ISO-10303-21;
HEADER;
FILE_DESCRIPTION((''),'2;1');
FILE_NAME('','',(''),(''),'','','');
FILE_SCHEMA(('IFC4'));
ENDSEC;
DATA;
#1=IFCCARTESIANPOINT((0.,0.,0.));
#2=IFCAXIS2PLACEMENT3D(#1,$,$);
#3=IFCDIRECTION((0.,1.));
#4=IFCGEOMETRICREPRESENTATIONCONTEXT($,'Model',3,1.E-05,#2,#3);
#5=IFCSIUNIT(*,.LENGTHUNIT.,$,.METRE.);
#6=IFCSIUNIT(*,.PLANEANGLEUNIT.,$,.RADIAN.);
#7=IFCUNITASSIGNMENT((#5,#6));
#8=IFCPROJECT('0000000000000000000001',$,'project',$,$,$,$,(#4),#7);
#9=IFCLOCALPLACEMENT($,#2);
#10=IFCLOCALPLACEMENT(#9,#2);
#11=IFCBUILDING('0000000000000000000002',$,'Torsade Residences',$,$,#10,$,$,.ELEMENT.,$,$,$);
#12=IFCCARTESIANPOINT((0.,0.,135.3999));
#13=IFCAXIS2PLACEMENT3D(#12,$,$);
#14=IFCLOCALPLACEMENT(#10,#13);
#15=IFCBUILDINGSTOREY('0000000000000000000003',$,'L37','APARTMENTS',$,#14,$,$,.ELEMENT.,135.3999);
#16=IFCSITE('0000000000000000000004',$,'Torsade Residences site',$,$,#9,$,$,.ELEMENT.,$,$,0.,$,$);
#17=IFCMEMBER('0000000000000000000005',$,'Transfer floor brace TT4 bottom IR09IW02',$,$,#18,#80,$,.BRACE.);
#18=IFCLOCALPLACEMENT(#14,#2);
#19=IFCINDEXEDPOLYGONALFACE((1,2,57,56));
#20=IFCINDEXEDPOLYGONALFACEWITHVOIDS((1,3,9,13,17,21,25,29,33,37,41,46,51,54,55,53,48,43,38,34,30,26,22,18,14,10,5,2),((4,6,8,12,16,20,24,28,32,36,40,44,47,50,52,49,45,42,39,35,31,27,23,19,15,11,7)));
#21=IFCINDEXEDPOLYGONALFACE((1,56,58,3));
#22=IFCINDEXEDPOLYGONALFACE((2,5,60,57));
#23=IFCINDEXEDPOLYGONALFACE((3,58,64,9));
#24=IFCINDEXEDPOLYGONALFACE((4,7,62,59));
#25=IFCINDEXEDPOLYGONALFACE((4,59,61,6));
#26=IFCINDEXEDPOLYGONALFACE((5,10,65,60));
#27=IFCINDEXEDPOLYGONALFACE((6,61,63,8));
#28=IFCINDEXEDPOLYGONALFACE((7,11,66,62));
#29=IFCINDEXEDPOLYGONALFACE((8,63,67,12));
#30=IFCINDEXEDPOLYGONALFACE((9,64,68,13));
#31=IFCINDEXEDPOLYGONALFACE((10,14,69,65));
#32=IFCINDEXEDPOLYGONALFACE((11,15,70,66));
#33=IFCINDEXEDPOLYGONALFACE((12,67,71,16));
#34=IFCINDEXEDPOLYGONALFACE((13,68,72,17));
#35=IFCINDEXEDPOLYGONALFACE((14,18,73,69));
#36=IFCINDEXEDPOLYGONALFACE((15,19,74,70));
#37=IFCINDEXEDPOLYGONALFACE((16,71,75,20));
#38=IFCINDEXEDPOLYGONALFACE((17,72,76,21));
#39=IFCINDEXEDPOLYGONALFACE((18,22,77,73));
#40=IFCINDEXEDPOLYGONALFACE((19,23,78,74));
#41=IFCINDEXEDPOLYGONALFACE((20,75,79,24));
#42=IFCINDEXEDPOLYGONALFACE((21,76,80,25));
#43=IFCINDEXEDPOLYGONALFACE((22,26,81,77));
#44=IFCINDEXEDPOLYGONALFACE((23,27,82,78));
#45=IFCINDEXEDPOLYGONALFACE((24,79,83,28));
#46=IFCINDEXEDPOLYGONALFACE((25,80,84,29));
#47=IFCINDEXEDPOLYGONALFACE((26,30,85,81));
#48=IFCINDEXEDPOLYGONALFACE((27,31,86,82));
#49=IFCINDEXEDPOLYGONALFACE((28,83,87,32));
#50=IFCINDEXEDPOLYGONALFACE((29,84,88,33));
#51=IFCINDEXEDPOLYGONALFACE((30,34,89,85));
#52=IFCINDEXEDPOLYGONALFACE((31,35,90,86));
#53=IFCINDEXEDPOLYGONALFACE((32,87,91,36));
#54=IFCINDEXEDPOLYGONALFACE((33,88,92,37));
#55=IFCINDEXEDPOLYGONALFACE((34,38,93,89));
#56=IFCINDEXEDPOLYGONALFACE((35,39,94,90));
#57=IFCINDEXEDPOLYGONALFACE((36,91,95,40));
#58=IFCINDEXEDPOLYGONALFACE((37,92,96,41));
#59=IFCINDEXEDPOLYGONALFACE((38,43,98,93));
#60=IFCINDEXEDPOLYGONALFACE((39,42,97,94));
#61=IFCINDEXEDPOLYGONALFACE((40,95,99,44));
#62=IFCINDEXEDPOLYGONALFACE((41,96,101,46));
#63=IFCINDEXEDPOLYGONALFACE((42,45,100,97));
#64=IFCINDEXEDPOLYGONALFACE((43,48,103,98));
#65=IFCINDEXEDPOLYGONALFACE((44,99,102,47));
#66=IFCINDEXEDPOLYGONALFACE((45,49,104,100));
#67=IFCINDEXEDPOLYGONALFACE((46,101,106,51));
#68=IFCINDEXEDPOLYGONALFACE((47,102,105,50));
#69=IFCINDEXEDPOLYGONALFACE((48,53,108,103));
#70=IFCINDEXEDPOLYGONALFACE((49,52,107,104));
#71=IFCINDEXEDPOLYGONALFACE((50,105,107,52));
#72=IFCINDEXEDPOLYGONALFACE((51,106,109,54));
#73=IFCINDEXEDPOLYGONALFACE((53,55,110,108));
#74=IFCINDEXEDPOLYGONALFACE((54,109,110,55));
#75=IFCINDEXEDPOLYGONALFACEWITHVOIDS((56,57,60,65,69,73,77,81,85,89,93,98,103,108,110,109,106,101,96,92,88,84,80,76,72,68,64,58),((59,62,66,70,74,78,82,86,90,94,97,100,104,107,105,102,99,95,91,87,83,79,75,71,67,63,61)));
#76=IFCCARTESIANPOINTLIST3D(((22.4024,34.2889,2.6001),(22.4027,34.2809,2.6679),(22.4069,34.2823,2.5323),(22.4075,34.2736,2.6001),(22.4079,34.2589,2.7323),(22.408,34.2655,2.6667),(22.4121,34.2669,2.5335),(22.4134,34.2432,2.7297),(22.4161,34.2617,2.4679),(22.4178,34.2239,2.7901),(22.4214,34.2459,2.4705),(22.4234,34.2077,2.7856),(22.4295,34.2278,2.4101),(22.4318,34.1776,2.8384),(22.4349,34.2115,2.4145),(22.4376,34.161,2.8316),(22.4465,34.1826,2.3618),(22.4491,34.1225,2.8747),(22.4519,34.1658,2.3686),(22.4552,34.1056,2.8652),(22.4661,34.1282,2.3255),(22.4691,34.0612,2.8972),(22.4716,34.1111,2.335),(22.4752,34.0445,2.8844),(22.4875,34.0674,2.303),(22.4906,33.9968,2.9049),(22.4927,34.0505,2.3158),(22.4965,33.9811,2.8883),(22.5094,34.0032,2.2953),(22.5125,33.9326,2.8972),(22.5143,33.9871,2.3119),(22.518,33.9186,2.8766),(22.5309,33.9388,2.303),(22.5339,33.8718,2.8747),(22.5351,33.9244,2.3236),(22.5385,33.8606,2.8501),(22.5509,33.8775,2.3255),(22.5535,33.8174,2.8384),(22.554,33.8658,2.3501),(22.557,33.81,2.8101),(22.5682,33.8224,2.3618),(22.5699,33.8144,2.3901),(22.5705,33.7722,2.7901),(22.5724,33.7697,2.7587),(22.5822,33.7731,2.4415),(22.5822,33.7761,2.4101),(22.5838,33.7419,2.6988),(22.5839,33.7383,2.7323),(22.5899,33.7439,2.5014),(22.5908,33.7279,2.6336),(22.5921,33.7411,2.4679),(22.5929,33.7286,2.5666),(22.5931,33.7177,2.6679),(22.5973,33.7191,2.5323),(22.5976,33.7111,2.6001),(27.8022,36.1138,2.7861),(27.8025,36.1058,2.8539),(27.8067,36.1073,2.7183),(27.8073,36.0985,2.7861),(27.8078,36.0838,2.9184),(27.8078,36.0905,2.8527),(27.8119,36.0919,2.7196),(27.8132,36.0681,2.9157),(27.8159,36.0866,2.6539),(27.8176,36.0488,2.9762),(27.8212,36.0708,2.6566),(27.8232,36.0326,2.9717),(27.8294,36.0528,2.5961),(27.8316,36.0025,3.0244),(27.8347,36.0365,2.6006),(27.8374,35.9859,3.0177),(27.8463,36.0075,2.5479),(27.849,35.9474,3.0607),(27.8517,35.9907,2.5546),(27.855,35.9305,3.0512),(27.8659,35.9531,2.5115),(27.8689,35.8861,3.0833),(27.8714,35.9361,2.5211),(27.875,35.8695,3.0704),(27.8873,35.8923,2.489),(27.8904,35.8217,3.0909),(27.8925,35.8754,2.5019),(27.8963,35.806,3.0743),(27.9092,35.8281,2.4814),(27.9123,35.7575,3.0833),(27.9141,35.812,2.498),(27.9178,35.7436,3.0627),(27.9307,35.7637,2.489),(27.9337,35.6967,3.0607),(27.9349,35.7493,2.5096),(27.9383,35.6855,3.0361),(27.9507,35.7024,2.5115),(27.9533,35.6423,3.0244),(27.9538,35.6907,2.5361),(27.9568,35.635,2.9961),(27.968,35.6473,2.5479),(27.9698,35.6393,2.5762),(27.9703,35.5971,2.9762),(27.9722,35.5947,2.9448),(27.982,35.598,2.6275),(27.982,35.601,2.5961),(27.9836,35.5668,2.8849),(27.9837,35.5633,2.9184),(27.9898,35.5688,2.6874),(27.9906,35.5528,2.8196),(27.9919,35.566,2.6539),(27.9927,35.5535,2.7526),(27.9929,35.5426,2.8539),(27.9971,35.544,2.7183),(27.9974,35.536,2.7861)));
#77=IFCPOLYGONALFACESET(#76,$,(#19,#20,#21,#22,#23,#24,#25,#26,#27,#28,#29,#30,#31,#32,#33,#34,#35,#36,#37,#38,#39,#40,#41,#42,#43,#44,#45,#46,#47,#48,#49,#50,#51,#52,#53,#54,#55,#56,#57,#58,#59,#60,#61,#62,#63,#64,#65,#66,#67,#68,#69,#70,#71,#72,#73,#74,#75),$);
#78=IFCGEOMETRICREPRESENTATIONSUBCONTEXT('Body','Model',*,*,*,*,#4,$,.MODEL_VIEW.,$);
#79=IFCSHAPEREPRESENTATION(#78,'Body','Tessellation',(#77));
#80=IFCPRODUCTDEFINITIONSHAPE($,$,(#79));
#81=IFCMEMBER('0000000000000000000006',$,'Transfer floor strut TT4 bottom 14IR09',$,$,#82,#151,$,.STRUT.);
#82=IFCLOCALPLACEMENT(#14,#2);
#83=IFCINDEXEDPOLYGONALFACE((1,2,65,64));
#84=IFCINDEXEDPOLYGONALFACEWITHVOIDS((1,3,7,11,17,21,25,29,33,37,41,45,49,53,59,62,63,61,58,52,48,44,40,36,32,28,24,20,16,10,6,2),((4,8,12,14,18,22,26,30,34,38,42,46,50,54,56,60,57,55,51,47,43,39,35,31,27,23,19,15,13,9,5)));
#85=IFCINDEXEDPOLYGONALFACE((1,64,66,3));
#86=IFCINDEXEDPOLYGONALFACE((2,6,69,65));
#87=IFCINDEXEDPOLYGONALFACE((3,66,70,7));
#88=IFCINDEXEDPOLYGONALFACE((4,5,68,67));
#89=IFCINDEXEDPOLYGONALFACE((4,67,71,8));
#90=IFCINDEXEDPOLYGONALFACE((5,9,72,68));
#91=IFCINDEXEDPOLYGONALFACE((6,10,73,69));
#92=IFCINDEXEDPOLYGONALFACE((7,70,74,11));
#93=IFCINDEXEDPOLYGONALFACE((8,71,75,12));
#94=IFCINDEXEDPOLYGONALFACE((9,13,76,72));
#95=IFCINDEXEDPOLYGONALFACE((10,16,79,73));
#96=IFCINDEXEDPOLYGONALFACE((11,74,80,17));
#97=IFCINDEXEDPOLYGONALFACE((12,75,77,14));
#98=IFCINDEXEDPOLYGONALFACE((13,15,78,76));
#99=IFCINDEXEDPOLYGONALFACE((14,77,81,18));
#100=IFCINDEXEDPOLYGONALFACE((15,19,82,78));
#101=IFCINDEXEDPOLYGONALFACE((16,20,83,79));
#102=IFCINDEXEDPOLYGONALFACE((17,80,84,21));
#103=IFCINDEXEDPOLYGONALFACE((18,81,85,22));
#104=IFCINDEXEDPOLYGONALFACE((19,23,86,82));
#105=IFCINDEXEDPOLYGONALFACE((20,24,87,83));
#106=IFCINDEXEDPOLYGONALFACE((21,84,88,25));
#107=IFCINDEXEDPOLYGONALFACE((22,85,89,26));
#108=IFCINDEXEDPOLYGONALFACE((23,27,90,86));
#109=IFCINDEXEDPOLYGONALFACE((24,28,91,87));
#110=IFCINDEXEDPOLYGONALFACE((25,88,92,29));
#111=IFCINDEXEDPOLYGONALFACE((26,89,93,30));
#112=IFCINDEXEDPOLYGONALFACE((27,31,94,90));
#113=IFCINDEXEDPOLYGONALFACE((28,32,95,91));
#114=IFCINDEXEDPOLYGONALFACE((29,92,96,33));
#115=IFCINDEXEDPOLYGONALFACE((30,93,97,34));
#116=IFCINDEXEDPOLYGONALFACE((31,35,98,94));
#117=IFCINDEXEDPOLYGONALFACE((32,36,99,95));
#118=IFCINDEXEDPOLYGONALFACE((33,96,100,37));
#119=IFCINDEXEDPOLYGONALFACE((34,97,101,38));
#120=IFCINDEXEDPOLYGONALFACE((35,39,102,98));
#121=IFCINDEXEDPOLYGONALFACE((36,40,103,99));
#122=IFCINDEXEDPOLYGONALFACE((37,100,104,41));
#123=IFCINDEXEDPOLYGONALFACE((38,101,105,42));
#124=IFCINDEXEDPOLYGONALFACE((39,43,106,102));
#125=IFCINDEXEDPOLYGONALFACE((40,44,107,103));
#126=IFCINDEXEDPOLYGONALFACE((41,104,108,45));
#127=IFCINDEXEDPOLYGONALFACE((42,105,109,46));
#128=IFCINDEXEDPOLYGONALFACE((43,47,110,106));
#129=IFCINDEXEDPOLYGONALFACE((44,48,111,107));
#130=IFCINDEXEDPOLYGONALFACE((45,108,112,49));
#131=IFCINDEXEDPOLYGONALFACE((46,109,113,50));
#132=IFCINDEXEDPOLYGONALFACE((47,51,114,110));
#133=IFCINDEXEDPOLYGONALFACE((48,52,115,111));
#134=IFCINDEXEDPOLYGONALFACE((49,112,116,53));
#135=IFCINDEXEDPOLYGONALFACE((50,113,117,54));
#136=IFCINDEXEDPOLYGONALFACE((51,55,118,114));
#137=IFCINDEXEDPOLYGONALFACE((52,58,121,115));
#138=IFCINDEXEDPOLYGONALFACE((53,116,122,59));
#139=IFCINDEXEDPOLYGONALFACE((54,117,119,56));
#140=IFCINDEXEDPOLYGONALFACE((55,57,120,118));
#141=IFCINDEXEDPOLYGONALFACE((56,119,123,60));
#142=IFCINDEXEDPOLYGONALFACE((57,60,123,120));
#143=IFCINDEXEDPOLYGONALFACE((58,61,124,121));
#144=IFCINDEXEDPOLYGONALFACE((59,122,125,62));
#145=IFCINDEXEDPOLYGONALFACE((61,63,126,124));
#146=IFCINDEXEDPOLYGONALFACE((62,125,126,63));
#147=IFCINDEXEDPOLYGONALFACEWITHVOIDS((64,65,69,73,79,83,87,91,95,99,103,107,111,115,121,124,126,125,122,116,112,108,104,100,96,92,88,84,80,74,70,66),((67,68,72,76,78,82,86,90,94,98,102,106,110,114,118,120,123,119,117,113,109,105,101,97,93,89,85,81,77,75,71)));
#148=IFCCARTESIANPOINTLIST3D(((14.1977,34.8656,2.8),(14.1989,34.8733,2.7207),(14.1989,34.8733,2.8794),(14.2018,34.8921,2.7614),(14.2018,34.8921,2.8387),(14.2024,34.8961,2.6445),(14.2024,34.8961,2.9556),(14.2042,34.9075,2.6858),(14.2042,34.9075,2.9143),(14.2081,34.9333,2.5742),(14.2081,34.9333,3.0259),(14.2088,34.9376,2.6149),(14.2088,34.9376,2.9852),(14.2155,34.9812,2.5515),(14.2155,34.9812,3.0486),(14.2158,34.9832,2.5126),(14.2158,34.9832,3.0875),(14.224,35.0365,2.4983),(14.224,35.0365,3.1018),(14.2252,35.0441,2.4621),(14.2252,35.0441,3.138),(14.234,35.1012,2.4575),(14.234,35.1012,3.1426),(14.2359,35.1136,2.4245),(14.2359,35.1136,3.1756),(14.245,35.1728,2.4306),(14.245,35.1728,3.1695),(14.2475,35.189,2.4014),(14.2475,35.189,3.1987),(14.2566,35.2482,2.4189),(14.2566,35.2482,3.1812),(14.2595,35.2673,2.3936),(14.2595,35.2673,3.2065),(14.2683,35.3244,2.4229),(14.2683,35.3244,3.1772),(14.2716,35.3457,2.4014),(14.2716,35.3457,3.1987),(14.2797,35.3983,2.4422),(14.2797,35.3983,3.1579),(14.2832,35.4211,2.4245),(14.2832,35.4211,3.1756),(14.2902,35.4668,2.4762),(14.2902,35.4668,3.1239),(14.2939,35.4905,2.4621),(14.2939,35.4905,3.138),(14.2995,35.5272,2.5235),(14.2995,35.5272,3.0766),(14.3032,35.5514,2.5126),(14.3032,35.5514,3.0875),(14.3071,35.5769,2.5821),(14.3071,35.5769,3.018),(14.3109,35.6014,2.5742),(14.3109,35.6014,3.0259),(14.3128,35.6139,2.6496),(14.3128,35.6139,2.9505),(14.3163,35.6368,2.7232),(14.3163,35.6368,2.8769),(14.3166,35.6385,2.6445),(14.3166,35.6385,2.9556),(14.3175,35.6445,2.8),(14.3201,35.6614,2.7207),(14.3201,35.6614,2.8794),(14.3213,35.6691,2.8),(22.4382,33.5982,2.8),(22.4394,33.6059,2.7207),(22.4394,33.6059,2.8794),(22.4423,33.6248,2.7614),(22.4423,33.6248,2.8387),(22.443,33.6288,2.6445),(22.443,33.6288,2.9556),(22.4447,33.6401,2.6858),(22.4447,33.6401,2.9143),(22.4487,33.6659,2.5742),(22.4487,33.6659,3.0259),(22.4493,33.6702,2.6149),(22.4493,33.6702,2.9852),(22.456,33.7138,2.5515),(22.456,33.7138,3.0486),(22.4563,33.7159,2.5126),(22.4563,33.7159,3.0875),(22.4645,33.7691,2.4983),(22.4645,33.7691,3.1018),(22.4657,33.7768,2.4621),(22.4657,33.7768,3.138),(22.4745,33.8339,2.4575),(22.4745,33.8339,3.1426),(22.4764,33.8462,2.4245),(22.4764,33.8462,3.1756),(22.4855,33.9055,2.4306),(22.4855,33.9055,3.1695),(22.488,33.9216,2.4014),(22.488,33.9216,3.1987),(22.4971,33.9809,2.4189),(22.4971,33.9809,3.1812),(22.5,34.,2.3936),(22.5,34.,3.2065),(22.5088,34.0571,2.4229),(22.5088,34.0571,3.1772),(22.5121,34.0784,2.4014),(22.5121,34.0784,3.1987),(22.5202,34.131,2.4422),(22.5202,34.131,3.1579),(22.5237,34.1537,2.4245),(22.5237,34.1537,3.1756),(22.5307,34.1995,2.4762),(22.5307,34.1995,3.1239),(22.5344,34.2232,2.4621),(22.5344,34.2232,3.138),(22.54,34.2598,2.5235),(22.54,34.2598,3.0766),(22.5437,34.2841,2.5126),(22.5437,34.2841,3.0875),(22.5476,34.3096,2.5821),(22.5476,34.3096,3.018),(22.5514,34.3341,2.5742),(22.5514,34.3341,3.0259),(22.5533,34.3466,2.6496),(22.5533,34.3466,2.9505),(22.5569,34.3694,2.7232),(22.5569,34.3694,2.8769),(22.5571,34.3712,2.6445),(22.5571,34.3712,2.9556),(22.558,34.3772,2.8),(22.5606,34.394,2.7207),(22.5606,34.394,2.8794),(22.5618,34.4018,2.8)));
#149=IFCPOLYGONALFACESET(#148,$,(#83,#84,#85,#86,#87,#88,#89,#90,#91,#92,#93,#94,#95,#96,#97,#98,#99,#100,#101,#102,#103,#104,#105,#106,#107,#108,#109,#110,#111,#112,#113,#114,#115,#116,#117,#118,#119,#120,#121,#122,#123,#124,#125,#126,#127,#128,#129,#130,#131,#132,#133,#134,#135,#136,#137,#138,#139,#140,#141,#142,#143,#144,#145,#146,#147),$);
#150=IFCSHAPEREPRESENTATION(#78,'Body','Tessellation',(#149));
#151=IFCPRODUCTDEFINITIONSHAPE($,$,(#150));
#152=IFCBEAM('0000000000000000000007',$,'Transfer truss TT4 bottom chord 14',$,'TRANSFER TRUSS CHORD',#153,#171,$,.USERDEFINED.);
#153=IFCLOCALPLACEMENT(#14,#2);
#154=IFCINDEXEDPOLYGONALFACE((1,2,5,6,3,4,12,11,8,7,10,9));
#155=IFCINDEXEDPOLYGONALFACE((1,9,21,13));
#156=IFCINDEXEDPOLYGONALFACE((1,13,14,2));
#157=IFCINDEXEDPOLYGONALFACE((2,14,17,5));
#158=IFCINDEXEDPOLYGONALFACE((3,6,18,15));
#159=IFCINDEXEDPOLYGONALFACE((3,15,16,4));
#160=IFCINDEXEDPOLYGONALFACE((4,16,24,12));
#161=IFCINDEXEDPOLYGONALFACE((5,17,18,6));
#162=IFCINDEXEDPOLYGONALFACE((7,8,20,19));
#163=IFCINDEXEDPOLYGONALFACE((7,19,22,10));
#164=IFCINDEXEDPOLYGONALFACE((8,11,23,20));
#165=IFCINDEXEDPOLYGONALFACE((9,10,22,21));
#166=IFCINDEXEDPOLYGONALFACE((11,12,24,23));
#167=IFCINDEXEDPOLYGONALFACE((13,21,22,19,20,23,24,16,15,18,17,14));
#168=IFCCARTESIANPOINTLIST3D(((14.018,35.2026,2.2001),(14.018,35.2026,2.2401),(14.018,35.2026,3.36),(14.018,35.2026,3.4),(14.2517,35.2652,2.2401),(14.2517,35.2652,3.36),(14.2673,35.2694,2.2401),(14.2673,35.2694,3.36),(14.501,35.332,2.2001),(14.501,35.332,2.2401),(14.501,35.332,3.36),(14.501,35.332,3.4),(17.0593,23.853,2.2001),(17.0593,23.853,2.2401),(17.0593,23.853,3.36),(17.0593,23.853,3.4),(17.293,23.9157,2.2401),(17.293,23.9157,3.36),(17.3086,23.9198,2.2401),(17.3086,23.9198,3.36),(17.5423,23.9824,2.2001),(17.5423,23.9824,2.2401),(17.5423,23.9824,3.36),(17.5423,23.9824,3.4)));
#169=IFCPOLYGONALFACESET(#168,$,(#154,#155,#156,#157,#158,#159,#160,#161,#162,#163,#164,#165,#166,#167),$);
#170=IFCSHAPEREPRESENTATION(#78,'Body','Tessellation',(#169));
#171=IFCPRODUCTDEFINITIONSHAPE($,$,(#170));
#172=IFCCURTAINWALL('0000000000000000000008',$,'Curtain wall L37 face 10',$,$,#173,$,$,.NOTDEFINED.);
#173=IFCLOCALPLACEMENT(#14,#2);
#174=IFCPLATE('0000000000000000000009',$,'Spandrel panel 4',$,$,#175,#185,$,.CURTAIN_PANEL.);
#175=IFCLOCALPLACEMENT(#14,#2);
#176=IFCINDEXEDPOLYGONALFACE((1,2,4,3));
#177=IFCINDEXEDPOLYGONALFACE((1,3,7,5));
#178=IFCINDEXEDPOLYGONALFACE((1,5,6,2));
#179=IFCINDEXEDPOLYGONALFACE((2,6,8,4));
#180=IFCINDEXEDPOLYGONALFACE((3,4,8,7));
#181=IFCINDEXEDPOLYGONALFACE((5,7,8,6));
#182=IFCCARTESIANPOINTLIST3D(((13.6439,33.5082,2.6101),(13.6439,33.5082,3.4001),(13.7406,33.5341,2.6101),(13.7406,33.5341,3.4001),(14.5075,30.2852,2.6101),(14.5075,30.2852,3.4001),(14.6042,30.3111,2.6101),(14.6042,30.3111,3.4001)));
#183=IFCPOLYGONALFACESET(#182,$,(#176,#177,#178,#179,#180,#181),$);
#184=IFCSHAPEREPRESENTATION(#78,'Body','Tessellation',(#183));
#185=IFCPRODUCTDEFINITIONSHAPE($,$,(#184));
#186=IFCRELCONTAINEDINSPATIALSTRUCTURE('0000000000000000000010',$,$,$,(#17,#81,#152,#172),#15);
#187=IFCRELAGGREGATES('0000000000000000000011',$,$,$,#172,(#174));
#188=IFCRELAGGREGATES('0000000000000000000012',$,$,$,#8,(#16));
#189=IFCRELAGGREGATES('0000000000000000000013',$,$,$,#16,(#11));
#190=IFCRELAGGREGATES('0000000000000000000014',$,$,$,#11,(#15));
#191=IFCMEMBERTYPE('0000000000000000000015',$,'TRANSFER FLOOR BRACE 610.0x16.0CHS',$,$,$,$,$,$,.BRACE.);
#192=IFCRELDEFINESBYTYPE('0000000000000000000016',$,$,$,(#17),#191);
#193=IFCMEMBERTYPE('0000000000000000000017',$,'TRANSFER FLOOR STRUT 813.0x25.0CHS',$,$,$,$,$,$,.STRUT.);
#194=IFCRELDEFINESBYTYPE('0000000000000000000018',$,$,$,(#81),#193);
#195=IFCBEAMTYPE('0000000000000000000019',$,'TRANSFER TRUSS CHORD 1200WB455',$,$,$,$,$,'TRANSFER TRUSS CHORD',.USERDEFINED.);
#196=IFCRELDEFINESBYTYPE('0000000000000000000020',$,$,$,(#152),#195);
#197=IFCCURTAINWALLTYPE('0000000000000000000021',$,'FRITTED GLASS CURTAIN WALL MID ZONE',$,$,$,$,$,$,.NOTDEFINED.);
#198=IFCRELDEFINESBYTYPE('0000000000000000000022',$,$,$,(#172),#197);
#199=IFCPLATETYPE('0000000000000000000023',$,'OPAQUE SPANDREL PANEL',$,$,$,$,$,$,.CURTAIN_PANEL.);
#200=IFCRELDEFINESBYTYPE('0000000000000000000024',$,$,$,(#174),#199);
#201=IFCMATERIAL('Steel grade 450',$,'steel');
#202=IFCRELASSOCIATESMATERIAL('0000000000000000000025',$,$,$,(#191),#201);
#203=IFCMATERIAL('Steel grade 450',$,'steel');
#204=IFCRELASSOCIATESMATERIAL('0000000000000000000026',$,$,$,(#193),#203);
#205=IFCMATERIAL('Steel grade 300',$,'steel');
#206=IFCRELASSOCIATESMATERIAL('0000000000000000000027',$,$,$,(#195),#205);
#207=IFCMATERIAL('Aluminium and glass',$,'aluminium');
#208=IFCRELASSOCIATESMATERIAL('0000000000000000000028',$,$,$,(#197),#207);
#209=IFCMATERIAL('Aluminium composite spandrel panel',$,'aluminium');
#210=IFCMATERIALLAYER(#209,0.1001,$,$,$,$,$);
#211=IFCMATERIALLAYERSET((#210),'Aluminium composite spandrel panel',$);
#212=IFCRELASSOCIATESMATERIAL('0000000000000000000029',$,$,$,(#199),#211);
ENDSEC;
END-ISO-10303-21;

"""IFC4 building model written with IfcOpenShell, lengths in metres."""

from ifc_helpers import new_model, si_unit, direction, frame, origin, origin_2d, place, context, subcontext, project, spatial, rectangle, hollow_circle, i_section, extrude, material, layer, layer_set, material_profile, profile_set, type_object, element, aggregate, save


model = new_model("IFC4")

# Units and contexts
model_context = context("Model", 3, precision=1e-05, world=origin(), true_north=direction((0.0, 1.0)))
body_context = subcontext(model_context, "Body", "Model", "MODEL_VIEW")
ifc_project = project(units=[si_unit("LENGTHUNIT", "METRE"), si_unit("PLANEANGLEUNIT", "RADIAN")], contexts=[model_context])

# Site, building, storey
site_placement = place(None, origin())
site = spatial("IfcSite", under=ifc_project, at=site_placement, Name="Torsade Residences site", CompositionType="ELEMENT", RefElevation=0.0)
building_placement = place(site_placement, origin())
building = spatial("IfcBuilding", under=site, at=building_placement, Name="Torsade Residences", CompositionType="ELEMENT")
storey_placement = place(building_placement, frame((0.0, 0.0, 135.3999)))
storey = spatial("IfcBuildingStorey", under=building, at=storey_placement, Name="L37", Description="APARTMENTS", CompositionType="ELEMENT", Elevation=135.3999)

# Members
ifc_material_1 = material(Name="Steel grade 450", Category="steel")
ifc_material_profile_1 = material_profile(ifc_material_1, hollow_circle(Radius=0.3049, WallThickness=0.0161, at=origin_2d()), Name="610.0x16.0CHS")
ifc_profile_set_1 = profile_set([ifc_material_profile_1], Name="Steel grade 450")
member_type_1 = type_object("IfcMemberType", Name="TRANSFER FLOOR BRACE 610.0x16.0CHS", PredefinedType="BRACE", material=ifc_profile_set_1)
member_1_placement = place(storey_placement, frame((22.5, 34.0, 2.6001), z_axis=(0.946856, 0.319999, 0.032621), x_axis=(-0.32017, 0.94736, 0.0)))
element("IfcMember", 1, at=member_1_placement, inside=storey, type_object=member_type_1, Name="Transfer floor brace TT4 bottom IR09IW02", PredefinedType="BRACE", context=body_context, shape_type="SweptSolid", body=[
    extrude(hollow_circle(Radius=0.3049, WallThickness=0.0161, at=origin_2d()), origin(), (0.0, 0.0, 1.0), 5.7029),
])
ifc_material_2 = material(Name="Steel grade 450", Category="steel")
ifc_material_profile_2 = material_profile(ifc_material_2, hollow_circle(Radius=0.4065, WallThickness=0.0249, at=origin_2d()), Name="813.0x25.0CHS")
ifc_profile_set_2 = profile_set([ifc_material_profile_2], Name="Steel grade 450")
member_type_2 = type_object("IfcMemberType", Name="TRANSFER FLOOR STRUT 813.0x25.0CHS", PredefinedType="STRUT", material=ifc_profile_set_2)
member_2_placement = place(storey_placement, frame((14.2595, 35.2673, 2.8), z_axis=(0.988379, -0.152007, 0.0), x_axis=(0.152007, 0.988379, 0.0)))
element("IfcMember", 2, at=member_2_placement, inside=storey, type_object=member_type_2, Name="Transfer floor strut TT4 bottom 14IR09", PredefinedType="STRUT", context=body_context, shape_type="SweptSolid", body=[
    extrude(hollow_circle(Radius=0.4065, WallThickness=0.0249, at=origin_2d()), origin(), (0.0, 0.0, 1.0), 8.3374),
])

# Beam
ifc_material_3 = material(Name="Steel grade 300", Category="steel")
ifc_material_profile_3 = material_profile(ifc_material_3, i_section(OverallWidth=0.5, OverallDepth=1.2, WebThickness=0.0161, FlangeThickness=0.04, at=origin_2d()), Name="1200WB455")
ifc_profile_set_3 = profile_set([ifc_material_profile_3], Name="Steel grade 300")
beam_type_1 = type_object("IfcBeamType", Name="TRANSFER TRUSS CHORD 1200WB455", ElementType="TRANSFER TRUSS CHORD", PredefinedType="USERDEFINED", material=ifc_profile_set_3)
beam_1_placement = place(storey_placement, frame((14.2595, 35.2673, 2.8), z_axis=(0.25883, -0.965923, 0.0), x_axis=(0.965923, 0.25883, 0.0)))
element("IfcBeam", 3, at=beam_1_placement, inside=storey, type_object=beam_type_1, Name="Transfer truss TT4 bottom chord 14", ObjectType="TRANSFER TRUSS CHORD", PredefinedType="USERDEFINED", context=body_context, shape_type="SweptSolid", body=[
    extrude(i_section(OverallWidth=0.5, OverallDepth=1.2, WebThickness=0.0161, FlangeThickness=0.04, at=origin_2d()), origin(), (0.0, 0.0, 1.0), 11.75),
])

# Curtain wall, plate
ifc_material_4 = material(Name="Aluminium and glass", Category="aluminium")
curtain_wall_type = type_object("IfcCurtainWallType", Name="FRITTED GLASS CURTAIN WALL MID ZONE", PredefinedType="NOTDEFINED", material=ifc_material_4)
curtain_wall_placement = place(storey_placement, origin())
curtain_wall = element("IfcCurtainWall", 4, at=curtain_wall_placement, inside=storey, type_object=curtain_wall_type, Name="Curtain wall L37 face 10", PredefinedType="NOTDEFINED")
ifc_material_5 = material(Name="Aluminium composite spandrel panel", Category="aluminium")
ifc_layer_1 = layer(ifc_material_5, 0.1001)
ifc_layer_set_1 = layer_set([ifc_layer_1], Name="Aluminium composite spandrel panel")
plate_type = type_object("IfcPlateType", Name="OPAQUE SPANDREL PANEL", PredefinedType="CURTAIN_PANEL", material=ifc_layer_set_1)
plate_placement = place(storey_placement, frame((14.124, 31.9097, 2.6101), z_axis=(0.0, 0.0, 1.0), x_axis=(0.258819, -0.965926, 0.0)))
plate = element("IfcPlate", 5, at=plate_placement, type_object=plate_type, Name="Spandrel panel 4", PredefinedType="CURTAIN_PANEL", context=body_context, shape_type="SweptSolid", body=[
    extrude(rectangle(XDim=3.3367, YDim=0.1001, at=origin_2d()), origin(), (0.0, 0.0, 1.0), 0.79),
])
aggregate(curtain_wall, [plate])

save(model, "model.ifc")
